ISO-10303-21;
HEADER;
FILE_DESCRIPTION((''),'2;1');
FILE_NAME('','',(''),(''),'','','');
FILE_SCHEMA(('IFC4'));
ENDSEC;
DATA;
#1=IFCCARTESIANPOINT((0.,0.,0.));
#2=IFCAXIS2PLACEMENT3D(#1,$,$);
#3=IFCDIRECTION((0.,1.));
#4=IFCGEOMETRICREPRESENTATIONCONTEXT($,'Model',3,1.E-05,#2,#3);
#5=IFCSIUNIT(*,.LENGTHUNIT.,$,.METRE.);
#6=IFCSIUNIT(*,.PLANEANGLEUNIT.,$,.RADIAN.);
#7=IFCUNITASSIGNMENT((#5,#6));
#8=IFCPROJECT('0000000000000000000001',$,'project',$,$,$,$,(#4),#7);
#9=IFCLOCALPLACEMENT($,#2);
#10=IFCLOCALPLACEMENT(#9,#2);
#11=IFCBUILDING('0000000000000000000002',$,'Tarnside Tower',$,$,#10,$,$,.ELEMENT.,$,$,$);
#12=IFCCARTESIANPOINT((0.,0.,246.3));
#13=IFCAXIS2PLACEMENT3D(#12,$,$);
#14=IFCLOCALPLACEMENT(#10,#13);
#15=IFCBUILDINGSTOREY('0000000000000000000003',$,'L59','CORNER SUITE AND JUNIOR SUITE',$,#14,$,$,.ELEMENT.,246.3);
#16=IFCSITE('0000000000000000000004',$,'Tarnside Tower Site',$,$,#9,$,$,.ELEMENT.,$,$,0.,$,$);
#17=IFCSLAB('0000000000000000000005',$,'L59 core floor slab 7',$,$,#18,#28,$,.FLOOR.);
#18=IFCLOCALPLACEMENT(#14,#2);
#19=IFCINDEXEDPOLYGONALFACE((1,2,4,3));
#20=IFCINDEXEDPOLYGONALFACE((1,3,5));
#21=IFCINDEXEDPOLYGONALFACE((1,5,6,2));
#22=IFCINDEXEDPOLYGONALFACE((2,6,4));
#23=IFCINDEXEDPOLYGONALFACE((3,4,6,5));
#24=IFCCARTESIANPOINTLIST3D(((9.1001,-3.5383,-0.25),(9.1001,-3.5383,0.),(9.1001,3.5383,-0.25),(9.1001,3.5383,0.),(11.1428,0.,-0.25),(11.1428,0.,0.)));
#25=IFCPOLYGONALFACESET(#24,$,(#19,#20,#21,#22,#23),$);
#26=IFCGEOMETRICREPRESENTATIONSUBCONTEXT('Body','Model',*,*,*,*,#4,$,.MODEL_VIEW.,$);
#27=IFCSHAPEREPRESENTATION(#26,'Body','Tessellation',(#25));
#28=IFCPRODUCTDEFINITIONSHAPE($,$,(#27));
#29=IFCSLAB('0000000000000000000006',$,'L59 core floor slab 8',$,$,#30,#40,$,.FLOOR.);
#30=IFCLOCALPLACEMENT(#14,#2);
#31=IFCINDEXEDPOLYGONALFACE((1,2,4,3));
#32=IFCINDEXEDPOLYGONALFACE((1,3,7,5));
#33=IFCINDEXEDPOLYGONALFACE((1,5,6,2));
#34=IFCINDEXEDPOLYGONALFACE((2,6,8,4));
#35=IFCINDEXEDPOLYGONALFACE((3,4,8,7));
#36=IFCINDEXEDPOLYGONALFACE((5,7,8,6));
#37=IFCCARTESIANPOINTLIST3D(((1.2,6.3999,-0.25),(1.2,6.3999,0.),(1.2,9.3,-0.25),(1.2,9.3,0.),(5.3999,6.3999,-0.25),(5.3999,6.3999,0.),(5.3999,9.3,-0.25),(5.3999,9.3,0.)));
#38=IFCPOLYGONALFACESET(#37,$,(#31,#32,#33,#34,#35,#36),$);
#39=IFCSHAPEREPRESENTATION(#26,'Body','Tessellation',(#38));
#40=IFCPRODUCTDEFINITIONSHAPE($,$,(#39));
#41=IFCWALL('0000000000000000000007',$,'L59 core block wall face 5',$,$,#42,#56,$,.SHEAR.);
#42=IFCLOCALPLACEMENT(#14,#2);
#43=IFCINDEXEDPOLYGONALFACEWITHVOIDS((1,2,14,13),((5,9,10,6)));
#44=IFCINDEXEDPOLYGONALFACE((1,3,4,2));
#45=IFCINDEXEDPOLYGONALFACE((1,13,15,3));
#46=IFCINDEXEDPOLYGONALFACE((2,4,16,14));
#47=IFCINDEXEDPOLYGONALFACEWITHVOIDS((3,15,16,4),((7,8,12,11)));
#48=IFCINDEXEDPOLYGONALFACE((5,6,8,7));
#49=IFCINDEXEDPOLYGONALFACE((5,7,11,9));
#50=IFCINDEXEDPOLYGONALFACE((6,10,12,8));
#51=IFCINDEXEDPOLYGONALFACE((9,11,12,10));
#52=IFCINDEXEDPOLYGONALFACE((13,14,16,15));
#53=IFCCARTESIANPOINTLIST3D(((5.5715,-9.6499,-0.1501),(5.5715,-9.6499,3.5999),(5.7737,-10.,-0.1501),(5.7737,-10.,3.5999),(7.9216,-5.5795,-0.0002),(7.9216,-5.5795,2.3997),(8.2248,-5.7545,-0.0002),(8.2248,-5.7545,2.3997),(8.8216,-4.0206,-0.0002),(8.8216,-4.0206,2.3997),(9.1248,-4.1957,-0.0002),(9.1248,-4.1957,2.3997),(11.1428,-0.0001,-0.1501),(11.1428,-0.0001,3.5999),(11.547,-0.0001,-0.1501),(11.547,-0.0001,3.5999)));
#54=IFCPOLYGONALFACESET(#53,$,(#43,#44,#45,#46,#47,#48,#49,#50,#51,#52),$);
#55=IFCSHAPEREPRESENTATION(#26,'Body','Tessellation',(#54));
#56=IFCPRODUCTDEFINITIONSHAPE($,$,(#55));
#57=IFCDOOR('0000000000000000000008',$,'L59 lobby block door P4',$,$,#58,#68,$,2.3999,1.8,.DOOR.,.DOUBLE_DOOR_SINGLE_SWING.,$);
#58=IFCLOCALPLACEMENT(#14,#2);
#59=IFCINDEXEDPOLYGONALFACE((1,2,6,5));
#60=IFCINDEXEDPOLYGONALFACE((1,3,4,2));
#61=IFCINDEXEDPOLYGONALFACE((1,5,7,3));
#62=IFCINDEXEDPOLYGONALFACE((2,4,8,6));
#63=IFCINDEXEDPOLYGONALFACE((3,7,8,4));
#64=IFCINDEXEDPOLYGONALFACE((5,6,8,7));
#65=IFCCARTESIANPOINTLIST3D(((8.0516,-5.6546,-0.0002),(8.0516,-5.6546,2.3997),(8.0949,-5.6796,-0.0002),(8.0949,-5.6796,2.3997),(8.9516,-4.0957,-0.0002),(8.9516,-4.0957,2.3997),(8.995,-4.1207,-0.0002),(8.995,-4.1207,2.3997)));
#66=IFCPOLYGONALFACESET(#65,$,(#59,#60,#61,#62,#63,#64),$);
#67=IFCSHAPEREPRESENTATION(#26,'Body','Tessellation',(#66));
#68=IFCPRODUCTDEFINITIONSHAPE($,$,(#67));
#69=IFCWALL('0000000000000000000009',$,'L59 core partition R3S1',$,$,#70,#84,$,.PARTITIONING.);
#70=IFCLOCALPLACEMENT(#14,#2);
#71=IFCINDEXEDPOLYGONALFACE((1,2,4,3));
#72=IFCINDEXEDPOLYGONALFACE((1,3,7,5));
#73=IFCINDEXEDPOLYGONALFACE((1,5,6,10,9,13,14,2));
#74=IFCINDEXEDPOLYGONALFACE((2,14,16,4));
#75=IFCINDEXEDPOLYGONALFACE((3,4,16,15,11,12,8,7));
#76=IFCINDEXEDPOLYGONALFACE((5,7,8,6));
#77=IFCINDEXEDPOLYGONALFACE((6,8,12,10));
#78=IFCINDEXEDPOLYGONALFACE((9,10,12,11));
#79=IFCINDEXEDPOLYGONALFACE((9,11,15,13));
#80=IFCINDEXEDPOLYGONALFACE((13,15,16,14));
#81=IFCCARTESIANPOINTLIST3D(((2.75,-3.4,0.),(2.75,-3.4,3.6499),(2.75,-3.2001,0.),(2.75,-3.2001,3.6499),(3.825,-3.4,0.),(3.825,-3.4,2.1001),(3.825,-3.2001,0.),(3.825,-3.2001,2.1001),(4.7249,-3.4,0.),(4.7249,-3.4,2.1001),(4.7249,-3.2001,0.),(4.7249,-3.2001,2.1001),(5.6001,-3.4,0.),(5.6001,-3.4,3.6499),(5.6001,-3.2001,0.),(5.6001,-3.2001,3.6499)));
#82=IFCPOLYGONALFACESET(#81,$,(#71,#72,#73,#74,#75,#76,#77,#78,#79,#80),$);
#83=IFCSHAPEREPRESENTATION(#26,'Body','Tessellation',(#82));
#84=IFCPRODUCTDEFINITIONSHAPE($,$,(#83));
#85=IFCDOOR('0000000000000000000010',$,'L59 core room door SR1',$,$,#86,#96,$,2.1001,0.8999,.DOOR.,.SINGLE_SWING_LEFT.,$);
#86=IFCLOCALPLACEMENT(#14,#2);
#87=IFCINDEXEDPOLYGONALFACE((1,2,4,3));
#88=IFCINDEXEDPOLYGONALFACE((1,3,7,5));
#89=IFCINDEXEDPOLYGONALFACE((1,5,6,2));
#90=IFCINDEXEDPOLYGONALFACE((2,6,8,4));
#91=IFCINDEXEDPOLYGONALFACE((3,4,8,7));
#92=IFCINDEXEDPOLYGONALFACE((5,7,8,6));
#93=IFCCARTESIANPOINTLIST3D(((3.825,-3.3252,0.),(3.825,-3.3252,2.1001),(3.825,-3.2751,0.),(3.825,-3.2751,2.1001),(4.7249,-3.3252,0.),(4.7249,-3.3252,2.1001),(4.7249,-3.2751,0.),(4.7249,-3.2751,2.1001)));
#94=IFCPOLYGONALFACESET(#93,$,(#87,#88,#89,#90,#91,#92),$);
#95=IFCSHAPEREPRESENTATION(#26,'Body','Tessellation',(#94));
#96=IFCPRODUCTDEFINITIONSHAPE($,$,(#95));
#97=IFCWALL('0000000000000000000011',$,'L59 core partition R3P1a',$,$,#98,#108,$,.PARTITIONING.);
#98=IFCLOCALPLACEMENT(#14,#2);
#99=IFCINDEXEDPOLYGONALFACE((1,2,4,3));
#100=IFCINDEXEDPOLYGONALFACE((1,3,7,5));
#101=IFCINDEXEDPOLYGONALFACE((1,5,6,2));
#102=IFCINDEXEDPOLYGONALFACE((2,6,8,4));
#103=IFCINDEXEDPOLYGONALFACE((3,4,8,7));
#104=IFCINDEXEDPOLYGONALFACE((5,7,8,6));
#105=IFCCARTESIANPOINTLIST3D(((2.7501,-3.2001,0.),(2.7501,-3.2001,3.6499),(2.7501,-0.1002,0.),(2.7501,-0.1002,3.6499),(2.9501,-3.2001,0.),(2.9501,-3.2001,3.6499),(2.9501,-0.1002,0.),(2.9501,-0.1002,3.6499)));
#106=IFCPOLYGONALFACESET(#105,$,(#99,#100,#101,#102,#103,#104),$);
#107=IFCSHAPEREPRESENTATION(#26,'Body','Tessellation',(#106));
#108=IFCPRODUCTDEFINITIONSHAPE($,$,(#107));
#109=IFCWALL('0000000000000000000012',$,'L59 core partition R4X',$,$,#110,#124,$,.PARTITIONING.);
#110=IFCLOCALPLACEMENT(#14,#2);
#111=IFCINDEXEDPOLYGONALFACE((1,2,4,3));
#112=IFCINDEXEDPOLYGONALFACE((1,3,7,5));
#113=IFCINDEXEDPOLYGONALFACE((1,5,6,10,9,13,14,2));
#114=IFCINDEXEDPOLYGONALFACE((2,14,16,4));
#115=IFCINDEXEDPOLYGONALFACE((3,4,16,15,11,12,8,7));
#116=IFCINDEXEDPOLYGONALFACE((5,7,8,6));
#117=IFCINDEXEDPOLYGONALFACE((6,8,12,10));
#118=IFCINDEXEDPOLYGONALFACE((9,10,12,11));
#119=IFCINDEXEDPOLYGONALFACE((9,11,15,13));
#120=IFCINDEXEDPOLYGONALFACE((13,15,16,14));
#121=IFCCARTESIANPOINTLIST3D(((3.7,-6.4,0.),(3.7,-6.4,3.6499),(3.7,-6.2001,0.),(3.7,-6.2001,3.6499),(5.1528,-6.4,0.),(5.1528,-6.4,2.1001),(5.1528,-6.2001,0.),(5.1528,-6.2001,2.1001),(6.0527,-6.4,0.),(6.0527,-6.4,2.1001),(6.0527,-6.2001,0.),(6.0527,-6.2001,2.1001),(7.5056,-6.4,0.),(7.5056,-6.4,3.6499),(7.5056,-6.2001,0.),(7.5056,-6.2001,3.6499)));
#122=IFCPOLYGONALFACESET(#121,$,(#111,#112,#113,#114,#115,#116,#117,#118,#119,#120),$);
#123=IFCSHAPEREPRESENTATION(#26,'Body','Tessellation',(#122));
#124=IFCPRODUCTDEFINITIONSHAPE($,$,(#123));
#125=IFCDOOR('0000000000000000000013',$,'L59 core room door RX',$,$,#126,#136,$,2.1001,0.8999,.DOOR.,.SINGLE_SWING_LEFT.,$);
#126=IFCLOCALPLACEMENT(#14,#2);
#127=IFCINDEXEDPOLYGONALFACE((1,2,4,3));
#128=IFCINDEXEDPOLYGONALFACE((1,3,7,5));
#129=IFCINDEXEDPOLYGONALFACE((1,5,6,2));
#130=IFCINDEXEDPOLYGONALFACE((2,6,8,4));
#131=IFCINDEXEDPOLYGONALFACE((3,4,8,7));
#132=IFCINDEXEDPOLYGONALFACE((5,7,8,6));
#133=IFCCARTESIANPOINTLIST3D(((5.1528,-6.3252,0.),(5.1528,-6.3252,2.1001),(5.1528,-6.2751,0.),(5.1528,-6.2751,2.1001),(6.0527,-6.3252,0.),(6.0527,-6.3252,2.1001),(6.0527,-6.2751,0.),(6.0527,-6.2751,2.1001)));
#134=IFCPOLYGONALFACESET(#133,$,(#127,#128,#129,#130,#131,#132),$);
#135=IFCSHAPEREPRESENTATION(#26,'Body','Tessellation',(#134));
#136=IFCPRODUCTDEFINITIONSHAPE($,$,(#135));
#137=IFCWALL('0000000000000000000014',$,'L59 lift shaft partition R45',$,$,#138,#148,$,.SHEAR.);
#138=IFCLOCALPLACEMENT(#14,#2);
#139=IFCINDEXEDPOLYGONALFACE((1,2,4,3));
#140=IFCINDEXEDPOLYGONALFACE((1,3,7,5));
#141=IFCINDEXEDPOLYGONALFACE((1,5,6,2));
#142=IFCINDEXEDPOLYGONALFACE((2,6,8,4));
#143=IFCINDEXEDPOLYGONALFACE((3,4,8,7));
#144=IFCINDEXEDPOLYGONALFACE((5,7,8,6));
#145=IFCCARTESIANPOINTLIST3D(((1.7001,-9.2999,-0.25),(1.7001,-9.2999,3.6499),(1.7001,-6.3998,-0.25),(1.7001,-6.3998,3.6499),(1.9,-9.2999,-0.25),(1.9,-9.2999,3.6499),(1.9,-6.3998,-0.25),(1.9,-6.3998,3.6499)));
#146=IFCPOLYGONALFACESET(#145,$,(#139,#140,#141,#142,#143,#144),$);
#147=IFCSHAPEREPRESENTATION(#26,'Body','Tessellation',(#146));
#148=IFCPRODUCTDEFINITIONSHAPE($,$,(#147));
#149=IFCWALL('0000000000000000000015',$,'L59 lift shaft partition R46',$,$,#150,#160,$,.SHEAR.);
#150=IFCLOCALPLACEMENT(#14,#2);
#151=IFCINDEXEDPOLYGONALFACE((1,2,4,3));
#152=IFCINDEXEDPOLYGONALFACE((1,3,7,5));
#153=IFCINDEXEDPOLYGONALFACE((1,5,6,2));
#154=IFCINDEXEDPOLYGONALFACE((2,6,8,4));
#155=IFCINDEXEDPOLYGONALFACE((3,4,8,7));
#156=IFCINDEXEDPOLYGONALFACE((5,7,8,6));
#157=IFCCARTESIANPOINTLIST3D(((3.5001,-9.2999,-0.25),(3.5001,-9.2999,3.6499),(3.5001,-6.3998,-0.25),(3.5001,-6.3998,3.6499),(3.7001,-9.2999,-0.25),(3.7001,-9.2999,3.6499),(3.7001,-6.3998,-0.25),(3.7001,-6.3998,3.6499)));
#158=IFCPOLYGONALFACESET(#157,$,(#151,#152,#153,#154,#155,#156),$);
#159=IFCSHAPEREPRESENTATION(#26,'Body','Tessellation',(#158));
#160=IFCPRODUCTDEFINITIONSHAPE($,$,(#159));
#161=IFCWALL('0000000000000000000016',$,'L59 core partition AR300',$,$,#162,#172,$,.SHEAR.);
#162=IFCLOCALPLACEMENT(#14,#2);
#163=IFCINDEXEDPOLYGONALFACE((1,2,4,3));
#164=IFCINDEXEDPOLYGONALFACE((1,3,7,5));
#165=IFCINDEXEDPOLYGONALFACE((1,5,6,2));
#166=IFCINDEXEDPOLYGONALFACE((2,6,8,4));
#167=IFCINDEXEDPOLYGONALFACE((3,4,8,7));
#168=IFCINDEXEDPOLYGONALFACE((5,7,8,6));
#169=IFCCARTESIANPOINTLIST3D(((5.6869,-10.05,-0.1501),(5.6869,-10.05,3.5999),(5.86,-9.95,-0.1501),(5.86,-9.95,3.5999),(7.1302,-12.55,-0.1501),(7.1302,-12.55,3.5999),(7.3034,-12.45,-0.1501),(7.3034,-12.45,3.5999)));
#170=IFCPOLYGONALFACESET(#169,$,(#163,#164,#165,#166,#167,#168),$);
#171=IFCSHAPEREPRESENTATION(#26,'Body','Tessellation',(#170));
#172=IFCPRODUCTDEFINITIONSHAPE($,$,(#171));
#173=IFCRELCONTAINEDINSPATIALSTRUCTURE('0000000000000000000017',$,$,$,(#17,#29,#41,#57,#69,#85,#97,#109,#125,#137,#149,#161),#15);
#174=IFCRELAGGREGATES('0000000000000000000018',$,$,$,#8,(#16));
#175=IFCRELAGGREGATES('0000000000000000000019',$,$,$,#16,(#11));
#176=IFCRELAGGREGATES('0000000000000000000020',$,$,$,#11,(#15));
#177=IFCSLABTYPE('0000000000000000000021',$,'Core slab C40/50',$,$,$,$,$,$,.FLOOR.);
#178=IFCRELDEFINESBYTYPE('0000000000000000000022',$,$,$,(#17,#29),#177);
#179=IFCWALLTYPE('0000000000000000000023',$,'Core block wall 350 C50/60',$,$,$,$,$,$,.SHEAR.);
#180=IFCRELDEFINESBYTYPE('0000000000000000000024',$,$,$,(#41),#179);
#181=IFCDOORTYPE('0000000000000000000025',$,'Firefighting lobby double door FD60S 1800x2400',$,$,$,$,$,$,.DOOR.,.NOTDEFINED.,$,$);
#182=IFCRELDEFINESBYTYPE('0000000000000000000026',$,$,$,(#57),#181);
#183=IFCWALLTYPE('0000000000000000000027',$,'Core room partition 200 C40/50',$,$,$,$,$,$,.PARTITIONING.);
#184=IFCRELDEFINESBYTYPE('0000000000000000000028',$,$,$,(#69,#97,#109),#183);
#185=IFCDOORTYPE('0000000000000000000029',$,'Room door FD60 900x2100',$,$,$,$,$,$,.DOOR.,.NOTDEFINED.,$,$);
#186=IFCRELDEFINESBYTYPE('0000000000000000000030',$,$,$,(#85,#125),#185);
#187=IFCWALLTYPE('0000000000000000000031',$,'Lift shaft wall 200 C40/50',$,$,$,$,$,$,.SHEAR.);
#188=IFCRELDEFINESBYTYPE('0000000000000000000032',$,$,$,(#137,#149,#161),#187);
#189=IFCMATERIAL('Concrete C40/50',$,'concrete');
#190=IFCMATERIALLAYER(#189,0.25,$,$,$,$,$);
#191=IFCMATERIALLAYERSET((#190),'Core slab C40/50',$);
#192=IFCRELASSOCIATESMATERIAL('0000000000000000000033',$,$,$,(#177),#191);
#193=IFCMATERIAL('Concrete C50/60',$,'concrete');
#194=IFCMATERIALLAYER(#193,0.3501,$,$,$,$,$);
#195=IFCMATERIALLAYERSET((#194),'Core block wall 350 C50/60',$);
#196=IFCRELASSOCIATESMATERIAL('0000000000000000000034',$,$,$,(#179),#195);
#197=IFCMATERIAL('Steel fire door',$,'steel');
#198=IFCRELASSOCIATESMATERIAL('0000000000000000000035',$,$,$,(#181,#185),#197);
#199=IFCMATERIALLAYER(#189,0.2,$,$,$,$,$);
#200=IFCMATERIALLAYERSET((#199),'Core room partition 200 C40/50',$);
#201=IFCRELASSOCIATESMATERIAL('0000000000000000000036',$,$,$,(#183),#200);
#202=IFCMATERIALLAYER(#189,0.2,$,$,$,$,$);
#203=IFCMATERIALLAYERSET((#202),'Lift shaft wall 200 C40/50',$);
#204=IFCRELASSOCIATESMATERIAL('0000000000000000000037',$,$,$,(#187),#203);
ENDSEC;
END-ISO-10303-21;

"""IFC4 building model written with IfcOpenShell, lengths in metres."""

from ifc_helpers import new_model, si_unit, direction, frame, frame_2d, origin, place, context, subcontext, project, spatial, polyline, rectangle, outline, extrude, material, layer, layer_set, type_object, element, fill, save


model = new_model("IFC4")

# Units and contexts
model_context = context("Model", 3, precision=1e-05, world=origin(), true_north=direction((0.0, 1.0)))
body_context = subcontext(model_context, "Body", "Model", "MODEL_VIEW")
ifc_project = project(units=[si_unit("LENGTHUNIT", "METRE"), si_unit("PLANEANGLEUNIT", "RADIAN")], contexts=[model_context])

# Site, building, storey
site_placement = place(None, origin())
site = spatial("IfcSite", under=ifc_project, at=site_placement, Name="Tarnside Tower Site", CompositionType="ELEMENT", RefElevation=0.0)
building_placement = place(site_placement, origin())
building = spatial("IfcBuilding", under=site, at=building_placement, Name="Tarnside Tower", CompositionType="ELEMENT")
storey_placement = place(building_placement, frame((0.0, 0.0, 246.3)))
storey = spatial("IfcBuildingStorey", under=building, at=storey_placement, Name="L59", Description="CORNER SUITE AND JUNIOR SUITE", CompositionType="ELEMENT", Elevation=246.3)

# Slabs
ifc_material_1 = material(Name="Concrete C40/50", Category="concrete")
ifc_layer_1 = layer(ifc_material_1, 0.25)
ifc_layer_set_1 = layer_set([ifc_layer_1], Name="Core slab C40/50")
slab_type = type_object("IfcSlabType", Name="Core slab C40/50", PredefinedType="FLOOR", material=ifc_layer_set_1)
slab_1_placement = place(storey_placement, frame((0.0, 0.0, -0.25)))
element("IfcSlab", 1, at=slab_1_placement, inside=storey, type_object=slab_type, Name="L59 core floor slab 7", PredefinedType="FLOOR", context=body_context, shape_type="SweptSolid", body=[
    extrude(outline(polyline([(9.1001, -3.5383), (9.1001, 3.5383), (11.1428, 0.0), (9.1001, -3.5383)])), origin(), (0.0, 0.0, 1.0), 0.25),
])
slab_2_placement = place(storey_placement, frame((0.0, 0.0, -0.25)))
element("IfcSlab", 2, at=slab_2_placement, inside=storey, type_object=slab_type, Name="L59 core floor slab 8", PredefinedType="FLOOR", context=body_context, shape_type="SweptSolid", body=[
    extrude(outline(polyline([(5.3999, 9.3), (5.3999, 6.3999), (1.2, 6.3999), (1.2, 9.3), (5.3999, 9.3)])), origin(), (0.0, 0.0, 1.0), 0.25),
])

# Walls, openings, doors
ifc_material_2 = material(Name="Concrete C50/60", Category="concrete")
ifc_layer_2 = layer(ifc_material_2, 0.3501)
ifc_layer_set_2 = layer_set([ifc_layer_2], Name="Core block wall 350 C50/60")
wall_type_1 = type_object("IfcWallType", Name="Core block wall 350 C50/60", PredefinedType="SHEAR", material=ifc_layer_set_2)
wall_1_placement = place(storey_placement, frame((5.6726, -9.825, -0.1501), z_axis=(0.0, 0.0, 1.0), x_axis=(0.499995, 0.866028, 0.0)))
wall_1 = element("IfcWall", 3, at=wall_1_placement, inside=storey, type_object=wall_type_1, Name="L59 core block wall face 5", PredefinedType="SHEAR", context=body_context, shape_type="SweptSolid", body=[
    extrude(outline(polyline([(-0.1011, -0.175), (11.4458, -0.175), (11.2437, 0.175), (0.1011, 0.175), (-0.1011, -0.175)])), origin(), (0.0, 0.0, 1.0), 3.75),
])
opening_1_placement = place(wall_1_placement, frame((4.8013, 0.0, 0.1499)))
opening_1 = element("IfcOpeningElement", 4, at=opening_1_placement, cuts=wall_1, PredefinedType="OPENING", context=body_context, shape_type="SweptSolid", body=[
    extrude(rectangle(XDim=1.8, YDim=2.3999, at=frame_2d((0.8999, 1.2))), frame((0.0, 0.1851, 0.0), z_axis=(0.0, -1.0, 0.0), x_axis=(1.0, 0.0, 0.0)), (0.0, 0.0, 1.0), 0.3701),
])
ifc_material_3 = material(Name="Steel fire door", Category="steel")
door_type_1 = type_object("IfcDoorType", Name="Firefighting lobby double door FD60S 1800x2400", OperationType="NOTDEFINED", PredefinedType="DOOR", material=ifc_material_3)
door_1_placement = place(opening_1_placement, origin())
door_1 = element("IfcDoor", 5, at=door_1_placement, inside=storey, type_object=door_type_1, Name="L59 lobby block door P4", OperationType="DOUBLE_DOOR_SINGLE_SWING", OverallHeight=2.3999, OverallWidth=1.8, PredefinedType="DOOR", context=body_context, shape_type="SweptSolid", body=[
    extrude(rectangle(XDim=1.8, YDim=2.3999, at=frame_2d((0.8999, 1.2))), frame((0.0, 0.0249, 0.0), z_axis=(0.0, -1.0, 0.0), x_axis=(1.0, 0.0, 0.0)), (0.0, 0.0, 1.0), 0.05),
])
fill(opening_1, door_1)
ifc_layer_3 = layer(ifc_material_1, 0.2)
ifc_layer_set_3 = layer_set([ifc_layer_3], Name="Core room partition 200 C40/50")
wall_type_2 = type_object("IfcWallType", Name="Core room partition 200 C40/50", PredefinedType="PARTITIONING", material=ifc_layer_set_3)
wall_2_placement = place(storey_placement, frame((2.75, -3.3, 0.0), z_axis=(0.0, 0.0, 1.0), x_axis=(1.0, 0.0, 0.0)))
wall_2 = element("IfcWall", 6, at=wall_2_placement, inside=storey, type_object=wall_type_2, Name="L59 core partition R3S1", PredefinedType="PARTITIONING", context=body_context, shape_type="SweptSolid", body=[
    extrude(rectangle(XDim=2.8501, YDim=0.2, at=frame_2d((1.425, 0.0))), origin(), (0.0, 0.0, 1.0), 3.6499),
])
opening_2_placement = place(wall_2_placement, frame((1.075, 0.0, 0.0)))
opening_2 = element("IfcOpeningElement", 7, at=opening_2_placement, cuts=wall_2, PredefinedType="OPENING", context=body_context, shape_type="SweptSolid", body=[
    extrude(rectangle(XDim=0.8999, YDim=2.1001, at=frame_2d((0.45, 1.05))), frame((0.0, 0.1099, 0.0), z_axis=(0.0, -1.0, 0.0), x_axis=(1.0, 0.0, 0.0)), (0.0, 0.0, 1.0), 0.22),
])
door_type_2 = type_object("IfcDoorType", Name="Room door FD60 900x2100", OperationType="NOTDEFINED", PredefinedType="DOOR", material=ifc_material_3)
door_2_placement = place(opening_2_placement, origin())
door_2 = element("IfcDoor", 8, at=door_2_placement, inside=storey, type_object=door_type_2, Name="L59 core room door SR1", OperationType="SINGLE_SWING_LEFT", OverallHeight=2.1001, OverallWidth=0.8999, PredefinedType="DOOR", context=body_context, shape_type="SweptSolid", body=[
    extrude(rectangle(XDim=0.8999, YDim=2.1001, at=frame_2d((0.45, 1.05))), frame((0.0, 0.0249, 0.0), z_axis=(0.0, -1.0, 0.0), x_axis=(1.0, 0.0, 0.0)), (0.0, 0.0, 1.0), 0.05),
])
fill(opening_2, door_2)

# Wall
wall_3_placement = place(storey_placement, frame((2.8501, -3.2, 0.0), z_axis=(0.0, 0.0, 1.0), x_axis=(0.0, 1.0, 0.0)))
element("IfcWall", 9, at=wall_3_placement, inside=storey, type_object=wall_type_2, Name="L59 core partition R3P1a", PredefinedType="PARTITIONING", context=body_context, shape_type="SweptSolid", body=[
    extrude(rectangle(XDim=3.0999, YDim=0.2, at=frame_2d((1.5498, 0.0))), origin(), (0.0, 0.0, 1.0), 3.6499),
])

# Wall, opening, door
wall_4_placement = place(storey_placement, frame((3.7, -6.3, 0.0), z_axis=(0.0, 0.0, 1.0), x_axis=(1.0, 0.0, 0.0)))
wall_4 = element("IfcWall", 10, at=wall_4_placement, inside=storey, type_object=wall_type_2, Name="L59 core partition R4X", PredefinedType="PARTITIONING", context=body_context, shape_type="SweptSolid", body=[
    extrude(rectangle(XDim=3.8057, YDim=0.2, at=frame_2d((1.9028, 0.0))), origin(), (0.0, 0.0, 1.0), 3.6499),
])
opening_3_placement = place(wall_4_placement, frame((1.4529, 0.0, 0.0)))
opening_3 = element("IfcOpeningElement", 11, at=opening_3_placement, cuts=wall_4, PredefinedType="OPENING", context=body_context, shape_type="SweptSolid", body=[
    extrude(rectangle(XDim=0.8999, YDim=2.1001, at=frame_2d((0.45, 1.05))), frame((0.0, 0.1099, 0.0), z_axis=(0.0, -1.0, 0.0), x_axis=(1.0, 0.0, 0.0)), (0.0, 0.0, 1.0), 0.22),
])
door_3_placement = place(opening_3_placement, origin())
door_3 = element("IfcDoor", 12, at=door_3_placement, inside=storey, type_object=door_type_2, Name="L59 core room door RX", OperationType="SINGLE_SWING_LEFT", OverallHeight=2.1001, OverallWidth=0.8999, PredefinedType="DOOR", context=body_context, shape_type="SweptSolid", body=[
    extrude(rectangle(XDim=0.8999, YDim=2.1001, at=frame_2d((0.45, 1.05))), frame((0.0, 0.0249, 0.0), z_axis=(0.0, -1.0, 0.0), x_axis=(1.0, 0.0, 0.0)), (0.0, 0.0, 1.0), 0.05),
])
fill(opening_3, door_3)

# Walls
ifc_layer_4 = layer(ifc_material_1, 0.2)
ifc_layer_set_4 = layer_set([ifc_layer_4], Name="Lift shaft wall 200 C40/50")
wall_type_3 = type_object("IfcWallType", Name="Lift shaft wall 200 C40/50", PredefinedType="SHEAR", material=ifc_layer_set_4)
for number, where, z_axis, x_axis, name in (
    (13, (1.8, -9.3, -0.25), (0.0, 0.0, 1.0), (0.0, 1.0, 0.0), "L59 lift shaft partition R45"),
    (14, (3.6001, -9.3, -0.25), (0.0, 0.0, 1.0), (0.0, 1.0, 0.0), "L59 lift shaft partition R46"),
):
    element("IfcWall", number, at=place(storey_placement, frame(where, z_axis=z_axis, x_axis=x_axis)), inside=storey, type_object=wall_type_3, Name=name, PredefinedType="SHEAR", context=body_context, shape_type="SweptSolid", body=[
        extrude(rectangle(XDim=2.9001, YDim=0.2, at=frame_2d((1.4502, 0.0))), origin(), (0.0, 0.0, 1.0), 3.8999),
    ])
wall_5_placement = place(storey_placement, frame((5.7734, -10.0, -0.1501), z_axis=(0.0, 0.0, 1.0), x_axis=(0.499996, -0.866028, 0.0)))
element("IfcWall", 15, at=wall_5_placement, inside=storey, type_object=wall_type_3, Name="L59 core partition AR300", PredefinedType="SHEAR", context=body_context, shape_type="SweptSolid", body=[
    extrude(rectangle(XDim=2.8867, YDim=0.2, at=frame_2d((1.4434, 0.0))), origin(), (0.0, 0.0, 1.0), 3.75),
])

save(model, "model.ifc")
